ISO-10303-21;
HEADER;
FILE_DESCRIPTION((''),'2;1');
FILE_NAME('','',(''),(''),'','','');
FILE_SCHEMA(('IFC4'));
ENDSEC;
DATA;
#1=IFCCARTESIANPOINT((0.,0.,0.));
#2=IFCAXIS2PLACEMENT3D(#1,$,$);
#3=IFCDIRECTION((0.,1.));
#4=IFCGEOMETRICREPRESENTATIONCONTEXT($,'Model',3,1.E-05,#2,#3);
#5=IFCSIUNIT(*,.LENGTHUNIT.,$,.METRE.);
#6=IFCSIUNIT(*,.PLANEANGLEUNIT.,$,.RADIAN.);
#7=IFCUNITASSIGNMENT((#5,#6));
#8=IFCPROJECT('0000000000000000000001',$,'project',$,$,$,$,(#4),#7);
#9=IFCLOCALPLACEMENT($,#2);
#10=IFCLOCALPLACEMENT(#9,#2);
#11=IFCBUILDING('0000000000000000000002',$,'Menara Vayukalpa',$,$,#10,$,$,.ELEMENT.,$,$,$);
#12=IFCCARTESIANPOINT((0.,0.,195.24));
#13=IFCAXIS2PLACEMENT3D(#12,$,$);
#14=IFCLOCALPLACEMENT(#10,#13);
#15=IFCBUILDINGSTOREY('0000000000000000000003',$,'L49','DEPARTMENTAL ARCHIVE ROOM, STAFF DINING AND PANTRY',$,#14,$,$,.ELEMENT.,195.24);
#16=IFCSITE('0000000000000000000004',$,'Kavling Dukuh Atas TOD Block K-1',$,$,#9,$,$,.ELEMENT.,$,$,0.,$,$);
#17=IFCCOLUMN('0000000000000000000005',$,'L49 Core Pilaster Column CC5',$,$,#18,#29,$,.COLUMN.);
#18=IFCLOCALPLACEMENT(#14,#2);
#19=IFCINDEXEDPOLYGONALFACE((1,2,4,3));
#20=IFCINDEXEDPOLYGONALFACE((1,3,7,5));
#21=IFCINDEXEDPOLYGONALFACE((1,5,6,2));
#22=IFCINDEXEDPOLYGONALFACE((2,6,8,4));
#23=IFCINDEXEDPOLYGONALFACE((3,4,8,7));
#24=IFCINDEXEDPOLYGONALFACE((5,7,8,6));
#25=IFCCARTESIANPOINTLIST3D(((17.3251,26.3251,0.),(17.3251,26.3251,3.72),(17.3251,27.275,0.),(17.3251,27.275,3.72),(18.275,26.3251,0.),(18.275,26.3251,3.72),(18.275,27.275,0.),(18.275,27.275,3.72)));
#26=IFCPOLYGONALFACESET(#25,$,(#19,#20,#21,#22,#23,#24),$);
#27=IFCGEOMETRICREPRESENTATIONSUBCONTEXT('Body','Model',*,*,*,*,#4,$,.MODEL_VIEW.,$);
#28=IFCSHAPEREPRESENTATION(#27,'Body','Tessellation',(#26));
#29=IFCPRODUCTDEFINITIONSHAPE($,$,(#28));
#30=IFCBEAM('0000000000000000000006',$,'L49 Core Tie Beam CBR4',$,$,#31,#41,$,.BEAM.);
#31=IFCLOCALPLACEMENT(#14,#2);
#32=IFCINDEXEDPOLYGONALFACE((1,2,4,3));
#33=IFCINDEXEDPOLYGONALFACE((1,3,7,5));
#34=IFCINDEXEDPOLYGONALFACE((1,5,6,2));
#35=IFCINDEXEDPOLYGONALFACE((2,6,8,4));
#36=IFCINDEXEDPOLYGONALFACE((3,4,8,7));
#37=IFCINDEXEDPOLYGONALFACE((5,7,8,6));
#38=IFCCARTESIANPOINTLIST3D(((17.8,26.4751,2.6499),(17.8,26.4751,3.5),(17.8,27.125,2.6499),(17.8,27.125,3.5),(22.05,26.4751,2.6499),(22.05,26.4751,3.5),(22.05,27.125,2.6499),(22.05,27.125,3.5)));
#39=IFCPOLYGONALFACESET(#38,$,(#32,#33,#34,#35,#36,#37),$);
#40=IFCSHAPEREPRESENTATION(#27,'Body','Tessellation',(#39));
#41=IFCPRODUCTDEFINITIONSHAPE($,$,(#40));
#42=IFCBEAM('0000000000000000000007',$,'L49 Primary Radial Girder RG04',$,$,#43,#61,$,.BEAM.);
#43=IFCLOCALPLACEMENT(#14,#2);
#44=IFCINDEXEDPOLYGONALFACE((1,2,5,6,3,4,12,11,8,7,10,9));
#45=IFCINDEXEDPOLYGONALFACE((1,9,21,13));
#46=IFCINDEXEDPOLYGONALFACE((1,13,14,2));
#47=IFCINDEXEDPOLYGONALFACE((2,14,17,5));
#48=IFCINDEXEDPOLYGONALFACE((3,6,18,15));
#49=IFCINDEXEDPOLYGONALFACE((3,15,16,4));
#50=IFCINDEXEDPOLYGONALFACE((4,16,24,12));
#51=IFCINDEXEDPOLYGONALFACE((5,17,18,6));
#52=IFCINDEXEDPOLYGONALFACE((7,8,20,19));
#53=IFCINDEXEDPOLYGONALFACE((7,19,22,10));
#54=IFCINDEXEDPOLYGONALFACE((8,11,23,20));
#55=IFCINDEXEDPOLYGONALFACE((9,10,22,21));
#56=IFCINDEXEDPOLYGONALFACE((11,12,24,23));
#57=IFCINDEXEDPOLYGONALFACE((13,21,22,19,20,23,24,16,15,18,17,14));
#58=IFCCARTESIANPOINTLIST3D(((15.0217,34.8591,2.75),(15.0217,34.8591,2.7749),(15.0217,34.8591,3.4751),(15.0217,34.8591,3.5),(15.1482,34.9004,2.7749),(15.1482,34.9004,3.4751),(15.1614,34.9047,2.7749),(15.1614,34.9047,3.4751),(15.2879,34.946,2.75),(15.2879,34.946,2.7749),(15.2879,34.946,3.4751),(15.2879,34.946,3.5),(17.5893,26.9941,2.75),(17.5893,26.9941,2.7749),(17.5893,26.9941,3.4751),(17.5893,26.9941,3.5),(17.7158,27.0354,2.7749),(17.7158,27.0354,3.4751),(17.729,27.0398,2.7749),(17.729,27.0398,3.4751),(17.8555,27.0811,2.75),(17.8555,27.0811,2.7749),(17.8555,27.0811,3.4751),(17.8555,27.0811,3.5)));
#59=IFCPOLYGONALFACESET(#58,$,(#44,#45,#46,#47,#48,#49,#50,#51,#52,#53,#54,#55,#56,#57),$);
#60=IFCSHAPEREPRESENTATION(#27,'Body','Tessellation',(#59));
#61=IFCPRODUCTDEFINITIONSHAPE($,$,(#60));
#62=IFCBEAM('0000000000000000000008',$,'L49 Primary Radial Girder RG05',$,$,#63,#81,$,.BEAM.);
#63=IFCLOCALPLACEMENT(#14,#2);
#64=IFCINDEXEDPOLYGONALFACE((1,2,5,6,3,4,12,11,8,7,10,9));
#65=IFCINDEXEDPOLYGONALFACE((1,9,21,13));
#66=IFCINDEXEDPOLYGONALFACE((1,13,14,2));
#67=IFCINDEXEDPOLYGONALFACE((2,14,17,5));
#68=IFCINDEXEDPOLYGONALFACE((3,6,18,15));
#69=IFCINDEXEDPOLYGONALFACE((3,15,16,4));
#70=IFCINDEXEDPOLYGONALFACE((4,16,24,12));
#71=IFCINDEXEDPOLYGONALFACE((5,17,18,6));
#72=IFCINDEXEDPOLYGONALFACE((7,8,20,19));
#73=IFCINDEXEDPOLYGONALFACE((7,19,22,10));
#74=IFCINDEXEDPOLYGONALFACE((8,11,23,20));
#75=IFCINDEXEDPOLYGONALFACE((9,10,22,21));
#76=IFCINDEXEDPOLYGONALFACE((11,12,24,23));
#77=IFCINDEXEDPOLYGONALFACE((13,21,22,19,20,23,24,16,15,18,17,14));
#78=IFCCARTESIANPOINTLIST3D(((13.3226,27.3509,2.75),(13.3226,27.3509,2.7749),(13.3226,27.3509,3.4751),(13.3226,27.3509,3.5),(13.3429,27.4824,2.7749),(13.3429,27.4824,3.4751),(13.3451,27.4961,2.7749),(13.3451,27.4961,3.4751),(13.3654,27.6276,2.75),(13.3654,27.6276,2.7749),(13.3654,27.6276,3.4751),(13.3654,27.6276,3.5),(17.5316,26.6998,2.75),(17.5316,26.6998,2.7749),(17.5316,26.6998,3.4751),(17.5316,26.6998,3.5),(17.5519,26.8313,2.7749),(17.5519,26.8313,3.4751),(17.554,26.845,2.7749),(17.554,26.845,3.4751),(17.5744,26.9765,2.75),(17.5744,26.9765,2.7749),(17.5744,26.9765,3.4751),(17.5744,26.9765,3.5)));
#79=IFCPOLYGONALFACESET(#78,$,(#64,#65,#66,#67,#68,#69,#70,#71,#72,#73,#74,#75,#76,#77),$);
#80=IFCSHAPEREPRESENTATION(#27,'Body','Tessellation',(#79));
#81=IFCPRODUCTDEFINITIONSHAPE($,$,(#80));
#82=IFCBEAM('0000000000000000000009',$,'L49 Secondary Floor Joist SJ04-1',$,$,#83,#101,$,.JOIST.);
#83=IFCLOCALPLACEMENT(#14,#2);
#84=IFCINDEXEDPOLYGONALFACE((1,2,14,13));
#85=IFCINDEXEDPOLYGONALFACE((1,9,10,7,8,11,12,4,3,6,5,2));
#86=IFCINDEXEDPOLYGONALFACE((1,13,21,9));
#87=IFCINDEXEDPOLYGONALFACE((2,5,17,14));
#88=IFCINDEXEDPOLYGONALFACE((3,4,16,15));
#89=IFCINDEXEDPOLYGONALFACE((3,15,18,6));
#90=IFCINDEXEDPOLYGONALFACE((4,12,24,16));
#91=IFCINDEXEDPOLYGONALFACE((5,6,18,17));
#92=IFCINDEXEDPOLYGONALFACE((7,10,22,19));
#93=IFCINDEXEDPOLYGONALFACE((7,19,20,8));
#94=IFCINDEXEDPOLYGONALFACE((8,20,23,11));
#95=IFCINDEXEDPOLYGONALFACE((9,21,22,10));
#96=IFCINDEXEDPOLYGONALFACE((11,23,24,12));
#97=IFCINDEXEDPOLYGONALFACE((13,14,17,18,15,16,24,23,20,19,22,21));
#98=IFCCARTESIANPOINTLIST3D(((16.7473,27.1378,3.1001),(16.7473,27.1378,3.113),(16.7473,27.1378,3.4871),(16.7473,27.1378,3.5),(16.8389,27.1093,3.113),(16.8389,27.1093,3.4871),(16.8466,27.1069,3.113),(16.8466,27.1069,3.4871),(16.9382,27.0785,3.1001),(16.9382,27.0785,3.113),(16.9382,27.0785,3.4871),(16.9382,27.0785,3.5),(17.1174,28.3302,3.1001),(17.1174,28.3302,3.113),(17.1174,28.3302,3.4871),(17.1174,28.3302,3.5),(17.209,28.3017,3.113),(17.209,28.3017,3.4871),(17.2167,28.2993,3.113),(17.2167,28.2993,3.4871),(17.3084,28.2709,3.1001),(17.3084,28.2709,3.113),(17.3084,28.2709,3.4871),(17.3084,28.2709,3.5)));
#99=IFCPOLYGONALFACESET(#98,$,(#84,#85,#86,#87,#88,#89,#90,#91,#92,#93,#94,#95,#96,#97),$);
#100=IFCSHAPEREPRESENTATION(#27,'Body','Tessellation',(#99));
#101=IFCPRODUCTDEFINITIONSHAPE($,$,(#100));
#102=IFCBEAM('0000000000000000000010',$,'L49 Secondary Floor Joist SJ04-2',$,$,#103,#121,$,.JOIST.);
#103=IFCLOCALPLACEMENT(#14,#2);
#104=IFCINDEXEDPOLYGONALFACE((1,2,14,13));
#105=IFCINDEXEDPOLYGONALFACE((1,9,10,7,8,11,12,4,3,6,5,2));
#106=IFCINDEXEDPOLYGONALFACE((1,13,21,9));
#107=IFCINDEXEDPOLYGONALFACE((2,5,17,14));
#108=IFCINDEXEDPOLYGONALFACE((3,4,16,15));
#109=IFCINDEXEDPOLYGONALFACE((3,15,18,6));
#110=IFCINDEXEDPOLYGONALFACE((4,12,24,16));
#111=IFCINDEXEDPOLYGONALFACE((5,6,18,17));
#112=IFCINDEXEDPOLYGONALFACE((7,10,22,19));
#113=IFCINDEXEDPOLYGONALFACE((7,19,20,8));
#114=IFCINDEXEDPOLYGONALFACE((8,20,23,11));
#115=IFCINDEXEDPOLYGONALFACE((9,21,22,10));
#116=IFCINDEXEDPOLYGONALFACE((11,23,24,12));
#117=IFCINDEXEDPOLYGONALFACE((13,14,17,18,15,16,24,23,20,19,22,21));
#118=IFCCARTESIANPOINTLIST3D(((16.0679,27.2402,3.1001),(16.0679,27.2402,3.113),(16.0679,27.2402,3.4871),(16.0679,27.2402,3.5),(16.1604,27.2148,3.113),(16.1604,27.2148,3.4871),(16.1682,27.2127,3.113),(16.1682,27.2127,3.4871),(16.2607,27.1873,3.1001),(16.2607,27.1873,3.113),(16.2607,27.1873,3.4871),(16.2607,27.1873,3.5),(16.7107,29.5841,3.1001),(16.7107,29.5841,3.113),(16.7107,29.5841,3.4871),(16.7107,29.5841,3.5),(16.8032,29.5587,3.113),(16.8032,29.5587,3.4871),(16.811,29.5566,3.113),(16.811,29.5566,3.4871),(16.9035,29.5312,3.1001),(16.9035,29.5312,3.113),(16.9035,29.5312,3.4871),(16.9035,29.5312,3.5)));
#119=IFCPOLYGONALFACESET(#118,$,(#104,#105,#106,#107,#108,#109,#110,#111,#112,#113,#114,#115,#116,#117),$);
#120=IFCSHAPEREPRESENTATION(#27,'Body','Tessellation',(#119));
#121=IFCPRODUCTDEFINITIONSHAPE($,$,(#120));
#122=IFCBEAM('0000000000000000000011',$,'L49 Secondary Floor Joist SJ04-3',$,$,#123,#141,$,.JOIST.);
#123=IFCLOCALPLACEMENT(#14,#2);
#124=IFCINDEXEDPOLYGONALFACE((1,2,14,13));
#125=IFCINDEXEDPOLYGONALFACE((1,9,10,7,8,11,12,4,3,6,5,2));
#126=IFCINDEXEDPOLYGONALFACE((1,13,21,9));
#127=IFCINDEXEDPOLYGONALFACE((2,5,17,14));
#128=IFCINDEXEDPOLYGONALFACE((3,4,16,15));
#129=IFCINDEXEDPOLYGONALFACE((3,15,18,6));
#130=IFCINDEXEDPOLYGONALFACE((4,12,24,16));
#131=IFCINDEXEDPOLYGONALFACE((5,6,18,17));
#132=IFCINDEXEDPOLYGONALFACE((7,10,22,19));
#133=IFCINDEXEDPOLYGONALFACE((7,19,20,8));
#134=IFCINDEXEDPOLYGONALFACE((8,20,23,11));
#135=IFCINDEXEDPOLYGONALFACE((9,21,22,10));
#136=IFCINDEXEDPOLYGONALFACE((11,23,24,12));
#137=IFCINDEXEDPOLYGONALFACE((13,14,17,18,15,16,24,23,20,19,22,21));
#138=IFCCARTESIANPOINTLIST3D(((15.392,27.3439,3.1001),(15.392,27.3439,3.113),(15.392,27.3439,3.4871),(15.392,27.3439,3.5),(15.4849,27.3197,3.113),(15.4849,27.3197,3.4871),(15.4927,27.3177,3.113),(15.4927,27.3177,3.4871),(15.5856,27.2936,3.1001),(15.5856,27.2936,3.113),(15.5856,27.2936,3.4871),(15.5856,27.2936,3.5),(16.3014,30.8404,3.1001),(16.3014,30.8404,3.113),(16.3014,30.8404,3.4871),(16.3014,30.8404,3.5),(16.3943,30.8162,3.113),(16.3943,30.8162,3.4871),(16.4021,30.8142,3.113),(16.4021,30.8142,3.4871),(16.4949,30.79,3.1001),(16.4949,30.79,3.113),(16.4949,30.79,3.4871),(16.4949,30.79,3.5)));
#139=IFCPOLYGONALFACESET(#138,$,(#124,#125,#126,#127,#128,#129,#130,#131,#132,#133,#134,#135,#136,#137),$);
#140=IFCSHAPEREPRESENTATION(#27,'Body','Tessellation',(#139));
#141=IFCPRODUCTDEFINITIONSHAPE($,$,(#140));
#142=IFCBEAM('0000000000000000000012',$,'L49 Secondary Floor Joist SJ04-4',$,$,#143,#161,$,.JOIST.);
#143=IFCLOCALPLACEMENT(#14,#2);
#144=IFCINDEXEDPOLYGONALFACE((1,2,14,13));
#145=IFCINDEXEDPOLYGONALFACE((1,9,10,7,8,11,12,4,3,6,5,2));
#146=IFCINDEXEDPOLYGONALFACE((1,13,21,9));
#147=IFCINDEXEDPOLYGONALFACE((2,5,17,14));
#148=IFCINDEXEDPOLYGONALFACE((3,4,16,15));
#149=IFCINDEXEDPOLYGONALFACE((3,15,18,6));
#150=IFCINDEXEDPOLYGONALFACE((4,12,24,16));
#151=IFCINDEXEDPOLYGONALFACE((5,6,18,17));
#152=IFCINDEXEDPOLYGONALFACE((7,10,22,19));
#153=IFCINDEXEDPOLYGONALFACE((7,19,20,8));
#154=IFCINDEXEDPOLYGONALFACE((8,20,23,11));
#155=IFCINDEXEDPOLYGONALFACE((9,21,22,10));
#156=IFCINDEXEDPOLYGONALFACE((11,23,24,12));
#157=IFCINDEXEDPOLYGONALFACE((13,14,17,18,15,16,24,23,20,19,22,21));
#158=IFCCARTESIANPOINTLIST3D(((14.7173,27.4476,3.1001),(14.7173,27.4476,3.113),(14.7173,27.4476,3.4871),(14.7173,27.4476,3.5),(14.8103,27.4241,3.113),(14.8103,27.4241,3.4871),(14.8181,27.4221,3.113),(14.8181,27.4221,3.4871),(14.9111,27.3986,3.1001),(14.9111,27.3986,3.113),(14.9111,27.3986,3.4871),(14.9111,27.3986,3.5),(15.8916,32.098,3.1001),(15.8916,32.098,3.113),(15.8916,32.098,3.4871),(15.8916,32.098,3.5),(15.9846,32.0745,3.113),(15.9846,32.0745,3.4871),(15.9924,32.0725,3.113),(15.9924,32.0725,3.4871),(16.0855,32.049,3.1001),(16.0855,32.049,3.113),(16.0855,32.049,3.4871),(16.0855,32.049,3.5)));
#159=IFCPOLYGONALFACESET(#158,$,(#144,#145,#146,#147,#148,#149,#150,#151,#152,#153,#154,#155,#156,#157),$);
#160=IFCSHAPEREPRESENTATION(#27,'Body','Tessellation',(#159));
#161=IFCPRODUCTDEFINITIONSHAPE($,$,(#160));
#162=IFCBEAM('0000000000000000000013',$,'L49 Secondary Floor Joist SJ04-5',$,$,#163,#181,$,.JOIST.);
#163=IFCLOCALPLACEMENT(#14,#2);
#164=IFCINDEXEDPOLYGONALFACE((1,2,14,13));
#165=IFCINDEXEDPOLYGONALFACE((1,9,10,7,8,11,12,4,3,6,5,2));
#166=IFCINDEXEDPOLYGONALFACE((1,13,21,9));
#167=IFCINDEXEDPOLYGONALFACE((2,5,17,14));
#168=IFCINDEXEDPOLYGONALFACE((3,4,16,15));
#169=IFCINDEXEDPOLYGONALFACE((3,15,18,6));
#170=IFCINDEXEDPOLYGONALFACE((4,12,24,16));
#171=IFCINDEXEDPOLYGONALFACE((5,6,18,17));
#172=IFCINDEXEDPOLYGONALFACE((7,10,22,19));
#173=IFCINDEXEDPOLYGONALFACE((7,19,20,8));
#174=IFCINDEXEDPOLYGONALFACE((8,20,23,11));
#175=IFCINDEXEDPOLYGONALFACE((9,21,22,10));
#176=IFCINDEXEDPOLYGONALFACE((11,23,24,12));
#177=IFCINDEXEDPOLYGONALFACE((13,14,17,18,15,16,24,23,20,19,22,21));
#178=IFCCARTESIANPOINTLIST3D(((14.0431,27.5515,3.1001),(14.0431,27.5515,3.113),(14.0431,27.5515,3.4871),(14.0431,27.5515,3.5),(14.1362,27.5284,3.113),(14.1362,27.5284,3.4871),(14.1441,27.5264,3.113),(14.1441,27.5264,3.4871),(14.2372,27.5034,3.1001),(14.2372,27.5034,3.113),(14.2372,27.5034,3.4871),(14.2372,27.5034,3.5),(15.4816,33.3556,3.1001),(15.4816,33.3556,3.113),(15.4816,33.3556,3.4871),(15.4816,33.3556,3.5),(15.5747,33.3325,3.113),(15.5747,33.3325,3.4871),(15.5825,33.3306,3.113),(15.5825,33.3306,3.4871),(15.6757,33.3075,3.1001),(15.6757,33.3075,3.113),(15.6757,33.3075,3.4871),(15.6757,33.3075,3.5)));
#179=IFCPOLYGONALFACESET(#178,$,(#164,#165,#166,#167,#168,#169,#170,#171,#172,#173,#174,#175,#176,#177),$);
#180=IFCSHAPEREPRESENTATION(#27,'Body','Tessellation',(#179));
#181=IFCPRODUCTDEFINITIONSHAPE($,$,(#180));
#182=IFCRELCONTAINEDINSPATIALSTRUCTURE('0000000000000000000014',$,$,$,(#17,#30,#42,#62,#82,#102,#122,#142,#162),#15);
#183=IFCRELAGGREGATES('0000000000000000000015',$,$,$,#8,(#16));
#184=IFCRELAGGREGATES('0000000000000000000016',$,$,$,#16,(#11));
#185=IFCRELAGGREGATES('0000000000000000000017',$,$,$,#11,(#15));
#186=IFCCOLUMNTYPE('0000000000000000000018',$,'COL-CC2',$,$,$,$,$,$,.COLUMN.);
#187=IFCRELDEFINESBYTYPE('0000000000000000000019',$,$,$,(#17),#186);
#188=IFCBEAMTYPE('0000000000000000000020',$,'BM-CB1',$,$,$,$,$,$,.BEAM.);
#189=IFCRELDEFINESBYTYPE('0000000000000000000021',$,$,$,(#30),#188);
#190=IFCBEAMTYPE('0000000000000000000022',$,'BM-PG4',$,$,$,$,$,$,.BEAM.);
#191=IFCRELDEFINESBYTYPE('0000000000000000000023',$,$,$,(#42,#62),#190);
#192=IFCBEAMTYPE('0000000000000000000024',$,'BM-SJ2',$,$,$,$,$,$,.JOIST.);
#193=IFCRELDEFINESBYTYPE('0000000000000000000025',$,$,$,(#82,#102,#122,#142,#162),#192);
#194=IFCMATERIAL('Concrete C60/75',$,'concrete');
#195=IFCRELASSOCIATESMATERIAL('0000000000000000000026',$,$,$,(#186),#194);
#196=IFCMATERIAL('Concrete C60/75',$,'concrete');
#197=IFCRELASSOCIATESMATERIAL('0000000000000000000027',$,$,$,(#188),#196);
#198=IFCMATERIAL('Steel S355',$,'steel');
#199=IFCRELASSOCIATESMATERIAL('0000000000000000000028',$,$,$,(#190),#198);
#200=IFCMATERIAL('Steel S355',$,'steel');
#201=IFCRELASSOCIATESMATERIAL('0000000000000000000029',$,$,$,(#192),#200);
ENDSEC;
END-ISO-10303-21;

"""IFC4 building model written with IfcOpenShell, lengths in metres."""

from ifc_helpers import new_model, si_unit, direction, frame, origin, origin_2d, place, context, subcontext, project, spatial, rectangle, i_section, extrude, material, material_profile, profile_set, type_object, element, save


model = new_model("IFC4")

# Units and contexts
model_context = context("Model", 3, precision=1e-05, world=origin(), true_north=direction((0.0, 1.0)))
body_context = subcontext(model_context, "Body", "Model", "MODEL_VIEW")
ifc_project = project(units=[si_unit("LENGTHUNIT", "METRE"), si_unit("PLANEANGLEUNIT", "RADIAN")], contexts=[model_context])

# Site, building, storey
site_placement = place(None, origin())
site = spatial("IfcSite", under=ifc_project, at=site_placement, Name="Kavling Dukuh Atas TOD Block K-1", CompositionType="ELEMENT", RefElevation=0.0)
building_placement = place(site_placement, origin())
building = spatial("IfcBuilding", under=site, at=building_placement, Name="Menara Vayukalpa", CompositionType="ELEMENT")
storey_placement = place(building_placement, frame((0.0, 0.0, 195.24)))
storey = spatial("IfcBuildingStorey", under=building, at=storey_placement, Name="L49", Description="DEPARTMENTAL ARCHIVE ROOM, STAFF DINING AND PANTRY", CompositionType="ELEMENT", Elevation=195.24)

# Column
ifc_material_1 = material(Name="Concrete C60/75", Category="concrete")
ifc_material_profile_1 = material_profile(ifc_material_1, rectangle(XDim=0.95, YDim=0.95, at=origin_2d()), Name="RC 950x950")
ifc_profile_set_1 = profile_set([ifc_material_profile_1], Name="Concrete C60/75")
column_type = type_object("IfcColumnType", Name="COL-CC2", PredefinedType="COLUMN", material=ifc_profile_set_1)
column_placement = place(storey_placement, frame((17.8, 26.8, 0.0), z_axis=(0.0, 0.0, 1.0), x_axis=(1.0, 0.0, 0.0)))
element("IfcColumn", 1, at=column_placement, inside=storey, type_object=column_type, Name="L49 Core Pilaster Column CC5", PredefinedType="COLUMN", context=body_context, shape_type="SweptSolid", body=[
    extrude(rectangle(XDim=0.95, YDim=0.95, at=origin_2d()), origin(), (0.0, 0.0, 1.0), 3.72),
])

# Beams
ifc_material_2 = material(Name="Concrete C60/75", Category="concrete")
ifc_material_profile_2 = material_profile(ifc_material_2, rectangle(XDim=0.6499, YDim=0.8501, at=origin_2d()), Name="RC 650x850")
ifc_profile_set_2 = profile_set([ifc_material_profile_2], Name="Concrete C60/75")
beam_type_1 = type_object("IfcBeamType", Name="BM-CB1", PredefinedType="BEAM", material=ifc_profile_set_2)
beam_1_placement = place(storey_placement, frame((17.8, 26.8, 3.075), z_axis=(1.0, 0.0, 0.0), x_axis=(0.0, 1.0, 0.0)))
element("IfcBeam", 2, at=beam_1_placement, inside=storey, type_object=beam_type_1, Name="L49 Core Tie Beam CBR4", PredefinedType="BEAM", context=body_context, shape_type="SweptSolid", body=[
    extrude(rectangle(XDim=0.6499, YDim=0.8501, at=origin_2d()), origin(), (0.0, 0.0, 1.0), 4.25),
])
ifc_material_3 = material(Name="Steel S355", Category="steel")
ifc_material_profile_3 = material_profile(ifc_material_3, i_section(OverallWidth=0.28, OverallDepth=0.75, WebThickness=0.0139, FlangeThickness=0.0249, at=origin_2d()), Name="WF 750x280x14x25")
ifc_profile_set_3 = profile_set([ifc_material_profile_3], Name="Steel S355")
beam_type_2 = type_object("IfcBeamType", Name="BM-PG4", PredefinedType="BEAM", material=ifc_profile_set_3)
beam_2_placement = place(storey_placement, frame((17.7224, 27.0376, 3.125), z_axis=(-0.310344, 0.950624, 0.0), x_axis=(-0.950624, -0.310344, 0.0)))
element("IfcBeam", 3, at=beam_2_placement, inside=storey, type_object=beam_type_2, Name="L49 Primary Radial Girder RG04", PredefinedType="BEAM", context=body_context, shape_type="SweptSolid", body=[
    extrude(i_section(OverallWidth=0.28, OverallDepth=0.75, WebThickness=0.0139, FlangeThickness=0.0249, at=origin_2d()), origin(), (0.0, 0.0, 1.0), 8.2734),
])
beam_3_placement = place(storey_placement, frame((17.553, 26.8381, 3.125), z_axis=(-0.988245, 0.15288, 0.0), x_axis=(-0.15288, -0.988245, 0.0)))
element("IfcBeam", 4, at=beam_3_placement, inside=storey, type_object=beam_type_2, Name="L49 Primary Radial Girder RG05", PredefinedType="BEAM", context=body_context, shape_type="SweptSolid", body=[
    extrude(i_section(OverallWidth=0.28, OverallDepth=0.75, WebThickness=0.0139, FlangeThickness=0.0249, at=origin_2d()), origin(), (0.0, 0.0, 1.0), 4.259),
])
ifc_material_4 = material(Name="Steel S355", Category="steel")
ifc_material_profile_4 = material_profile(ifc_material_4, i_section(OverallWidth=0.2, OverallDepth=0.3999, WebThickness=0.0081, FlangeThickness=0.0129, at=origin_2d()), Name="WF 400x200x8x13")
ifc_profile_set_4 = profile_set([ifc_material_profile_4], Name="Steel S355")
beam_type_3 = type_object("IfcBeamType", Name="BM-SJ2", PredefinedType="JOIST", material=ifc_profile_set_4)
beam_4_placement = place(storey_placement, frame((17.2129, 28.3005, 3.3), z_axis=(-0.296448, -0.955049, 0.0), x_axis=(0.955049, -0.296448, 0.0)))
element("IfcBeam", 5, at=beam_4_placement, inside=storey, type_object=beam_type_3, Name="L49 Secondary Floor Joist SJ04-1", PredefinedType="JOIST", context=body_context, shape_type="SweptSolid", body=[
    extrude(i_section(OverallWidth=0.2, OverallDepth=0.3999, WebThickness=0.0081, FlangeThickness=0.0129, at=origin_2d()), origin(), (0.0, 0.0, 1.0), 1.2485),
])
beam_5_placement = place(storey_placement, frame((16.8071, 29.5576, 3.3), z_axis=(-0.264503, -0.964385, 0.0), x_axis=(0.964385, -0.264503, 0.0)))
element("IfcBeam", 6, at=beam_5_placement, inside=storey, type_object=beam_type_3, Name="L49 Secondary Floor Joist SJ04-2", PredefinedType="JOIST", context=body_context, shape_type="SweptSolid", body=[
    extrude(i_section(OverallWidth=0.2, OverallDepth=0.3999, WebThickness=0.0081, FlangeThickness=0.0129, at=origin_2d()), origin(), (0.0, 0.0, 1.0), 2.4304),
])
beam_6_placement = place(storey_placement, frame((16.3982, 30.8152, 3.3), z_axis=(-0.251715, -0.967801, 0.0), x_axis=(0.967801, -0.251715, 0.0)))
element("IfcBeam", 7, at=beam_6_placement, inside=storey, type_object=beam_type_3, Name="L49 Secondary Floor Joist SJ04-3", PredefinedType="JOIST", context=body_context, shape_type="SweptSolid", body=[
    extrude(i_section(OverallWidth=0.2, OverallDepth=0.3999, WebThickness=0.0081, FlangeThickness=0.0129, at=origin_2d()), origin(), (0.0, 0.0, 1.0), 3.6128),
])
beam_7_placement = place(storey_placement, frame((15.9885, 32.0735, 3.3), z_axis=(-0.244834, -0.969565, 0.0), x_axis=(0.969565, -0.244834, 0.0)))
element("IfcBeam", 8, at=beam_7_placement, inside=storey, type_object=beam_type_3, Name="L49 Secondary Floor Joist SJ04-4", PredefinedType="JOIST", context=body_context, shape_type="SweptSolid", body=[
    extrude(i_section(OverallWidth=0.2, OverallDepth=0.3999, WebThickness=0.0081, FlangeThickness=0.0129, at=origin_2d()), origin(), (0.0, 0.0, 1.0), 4.7964),
])
beam_8_placement = place(storey_placement, frame((15.5786, 33.3315, 3.3), z_axis=(-0.240556, -0.970635, 0.0), x_axis=(0.970635, -0.240556, 0.0)))
element("IfcBeam", 9, at=beam_8_placement, inside=storey, type_object=beam_type_3, Name="L49 Secondary Floor Joist SJ04-5", PredefinedType="JOIST", context=body_context, shape_type="SweptSolid", body=[
    extrude(i_section(OverallWidth=0.2, OverallDepth=0.3999, WebThickness=0.0081, FlangeThickness=0.0129, at=origin_2d()), origin(), (0.0, 0.0, 1.0), 5.9797),
])

save(model, "model.ifc")
